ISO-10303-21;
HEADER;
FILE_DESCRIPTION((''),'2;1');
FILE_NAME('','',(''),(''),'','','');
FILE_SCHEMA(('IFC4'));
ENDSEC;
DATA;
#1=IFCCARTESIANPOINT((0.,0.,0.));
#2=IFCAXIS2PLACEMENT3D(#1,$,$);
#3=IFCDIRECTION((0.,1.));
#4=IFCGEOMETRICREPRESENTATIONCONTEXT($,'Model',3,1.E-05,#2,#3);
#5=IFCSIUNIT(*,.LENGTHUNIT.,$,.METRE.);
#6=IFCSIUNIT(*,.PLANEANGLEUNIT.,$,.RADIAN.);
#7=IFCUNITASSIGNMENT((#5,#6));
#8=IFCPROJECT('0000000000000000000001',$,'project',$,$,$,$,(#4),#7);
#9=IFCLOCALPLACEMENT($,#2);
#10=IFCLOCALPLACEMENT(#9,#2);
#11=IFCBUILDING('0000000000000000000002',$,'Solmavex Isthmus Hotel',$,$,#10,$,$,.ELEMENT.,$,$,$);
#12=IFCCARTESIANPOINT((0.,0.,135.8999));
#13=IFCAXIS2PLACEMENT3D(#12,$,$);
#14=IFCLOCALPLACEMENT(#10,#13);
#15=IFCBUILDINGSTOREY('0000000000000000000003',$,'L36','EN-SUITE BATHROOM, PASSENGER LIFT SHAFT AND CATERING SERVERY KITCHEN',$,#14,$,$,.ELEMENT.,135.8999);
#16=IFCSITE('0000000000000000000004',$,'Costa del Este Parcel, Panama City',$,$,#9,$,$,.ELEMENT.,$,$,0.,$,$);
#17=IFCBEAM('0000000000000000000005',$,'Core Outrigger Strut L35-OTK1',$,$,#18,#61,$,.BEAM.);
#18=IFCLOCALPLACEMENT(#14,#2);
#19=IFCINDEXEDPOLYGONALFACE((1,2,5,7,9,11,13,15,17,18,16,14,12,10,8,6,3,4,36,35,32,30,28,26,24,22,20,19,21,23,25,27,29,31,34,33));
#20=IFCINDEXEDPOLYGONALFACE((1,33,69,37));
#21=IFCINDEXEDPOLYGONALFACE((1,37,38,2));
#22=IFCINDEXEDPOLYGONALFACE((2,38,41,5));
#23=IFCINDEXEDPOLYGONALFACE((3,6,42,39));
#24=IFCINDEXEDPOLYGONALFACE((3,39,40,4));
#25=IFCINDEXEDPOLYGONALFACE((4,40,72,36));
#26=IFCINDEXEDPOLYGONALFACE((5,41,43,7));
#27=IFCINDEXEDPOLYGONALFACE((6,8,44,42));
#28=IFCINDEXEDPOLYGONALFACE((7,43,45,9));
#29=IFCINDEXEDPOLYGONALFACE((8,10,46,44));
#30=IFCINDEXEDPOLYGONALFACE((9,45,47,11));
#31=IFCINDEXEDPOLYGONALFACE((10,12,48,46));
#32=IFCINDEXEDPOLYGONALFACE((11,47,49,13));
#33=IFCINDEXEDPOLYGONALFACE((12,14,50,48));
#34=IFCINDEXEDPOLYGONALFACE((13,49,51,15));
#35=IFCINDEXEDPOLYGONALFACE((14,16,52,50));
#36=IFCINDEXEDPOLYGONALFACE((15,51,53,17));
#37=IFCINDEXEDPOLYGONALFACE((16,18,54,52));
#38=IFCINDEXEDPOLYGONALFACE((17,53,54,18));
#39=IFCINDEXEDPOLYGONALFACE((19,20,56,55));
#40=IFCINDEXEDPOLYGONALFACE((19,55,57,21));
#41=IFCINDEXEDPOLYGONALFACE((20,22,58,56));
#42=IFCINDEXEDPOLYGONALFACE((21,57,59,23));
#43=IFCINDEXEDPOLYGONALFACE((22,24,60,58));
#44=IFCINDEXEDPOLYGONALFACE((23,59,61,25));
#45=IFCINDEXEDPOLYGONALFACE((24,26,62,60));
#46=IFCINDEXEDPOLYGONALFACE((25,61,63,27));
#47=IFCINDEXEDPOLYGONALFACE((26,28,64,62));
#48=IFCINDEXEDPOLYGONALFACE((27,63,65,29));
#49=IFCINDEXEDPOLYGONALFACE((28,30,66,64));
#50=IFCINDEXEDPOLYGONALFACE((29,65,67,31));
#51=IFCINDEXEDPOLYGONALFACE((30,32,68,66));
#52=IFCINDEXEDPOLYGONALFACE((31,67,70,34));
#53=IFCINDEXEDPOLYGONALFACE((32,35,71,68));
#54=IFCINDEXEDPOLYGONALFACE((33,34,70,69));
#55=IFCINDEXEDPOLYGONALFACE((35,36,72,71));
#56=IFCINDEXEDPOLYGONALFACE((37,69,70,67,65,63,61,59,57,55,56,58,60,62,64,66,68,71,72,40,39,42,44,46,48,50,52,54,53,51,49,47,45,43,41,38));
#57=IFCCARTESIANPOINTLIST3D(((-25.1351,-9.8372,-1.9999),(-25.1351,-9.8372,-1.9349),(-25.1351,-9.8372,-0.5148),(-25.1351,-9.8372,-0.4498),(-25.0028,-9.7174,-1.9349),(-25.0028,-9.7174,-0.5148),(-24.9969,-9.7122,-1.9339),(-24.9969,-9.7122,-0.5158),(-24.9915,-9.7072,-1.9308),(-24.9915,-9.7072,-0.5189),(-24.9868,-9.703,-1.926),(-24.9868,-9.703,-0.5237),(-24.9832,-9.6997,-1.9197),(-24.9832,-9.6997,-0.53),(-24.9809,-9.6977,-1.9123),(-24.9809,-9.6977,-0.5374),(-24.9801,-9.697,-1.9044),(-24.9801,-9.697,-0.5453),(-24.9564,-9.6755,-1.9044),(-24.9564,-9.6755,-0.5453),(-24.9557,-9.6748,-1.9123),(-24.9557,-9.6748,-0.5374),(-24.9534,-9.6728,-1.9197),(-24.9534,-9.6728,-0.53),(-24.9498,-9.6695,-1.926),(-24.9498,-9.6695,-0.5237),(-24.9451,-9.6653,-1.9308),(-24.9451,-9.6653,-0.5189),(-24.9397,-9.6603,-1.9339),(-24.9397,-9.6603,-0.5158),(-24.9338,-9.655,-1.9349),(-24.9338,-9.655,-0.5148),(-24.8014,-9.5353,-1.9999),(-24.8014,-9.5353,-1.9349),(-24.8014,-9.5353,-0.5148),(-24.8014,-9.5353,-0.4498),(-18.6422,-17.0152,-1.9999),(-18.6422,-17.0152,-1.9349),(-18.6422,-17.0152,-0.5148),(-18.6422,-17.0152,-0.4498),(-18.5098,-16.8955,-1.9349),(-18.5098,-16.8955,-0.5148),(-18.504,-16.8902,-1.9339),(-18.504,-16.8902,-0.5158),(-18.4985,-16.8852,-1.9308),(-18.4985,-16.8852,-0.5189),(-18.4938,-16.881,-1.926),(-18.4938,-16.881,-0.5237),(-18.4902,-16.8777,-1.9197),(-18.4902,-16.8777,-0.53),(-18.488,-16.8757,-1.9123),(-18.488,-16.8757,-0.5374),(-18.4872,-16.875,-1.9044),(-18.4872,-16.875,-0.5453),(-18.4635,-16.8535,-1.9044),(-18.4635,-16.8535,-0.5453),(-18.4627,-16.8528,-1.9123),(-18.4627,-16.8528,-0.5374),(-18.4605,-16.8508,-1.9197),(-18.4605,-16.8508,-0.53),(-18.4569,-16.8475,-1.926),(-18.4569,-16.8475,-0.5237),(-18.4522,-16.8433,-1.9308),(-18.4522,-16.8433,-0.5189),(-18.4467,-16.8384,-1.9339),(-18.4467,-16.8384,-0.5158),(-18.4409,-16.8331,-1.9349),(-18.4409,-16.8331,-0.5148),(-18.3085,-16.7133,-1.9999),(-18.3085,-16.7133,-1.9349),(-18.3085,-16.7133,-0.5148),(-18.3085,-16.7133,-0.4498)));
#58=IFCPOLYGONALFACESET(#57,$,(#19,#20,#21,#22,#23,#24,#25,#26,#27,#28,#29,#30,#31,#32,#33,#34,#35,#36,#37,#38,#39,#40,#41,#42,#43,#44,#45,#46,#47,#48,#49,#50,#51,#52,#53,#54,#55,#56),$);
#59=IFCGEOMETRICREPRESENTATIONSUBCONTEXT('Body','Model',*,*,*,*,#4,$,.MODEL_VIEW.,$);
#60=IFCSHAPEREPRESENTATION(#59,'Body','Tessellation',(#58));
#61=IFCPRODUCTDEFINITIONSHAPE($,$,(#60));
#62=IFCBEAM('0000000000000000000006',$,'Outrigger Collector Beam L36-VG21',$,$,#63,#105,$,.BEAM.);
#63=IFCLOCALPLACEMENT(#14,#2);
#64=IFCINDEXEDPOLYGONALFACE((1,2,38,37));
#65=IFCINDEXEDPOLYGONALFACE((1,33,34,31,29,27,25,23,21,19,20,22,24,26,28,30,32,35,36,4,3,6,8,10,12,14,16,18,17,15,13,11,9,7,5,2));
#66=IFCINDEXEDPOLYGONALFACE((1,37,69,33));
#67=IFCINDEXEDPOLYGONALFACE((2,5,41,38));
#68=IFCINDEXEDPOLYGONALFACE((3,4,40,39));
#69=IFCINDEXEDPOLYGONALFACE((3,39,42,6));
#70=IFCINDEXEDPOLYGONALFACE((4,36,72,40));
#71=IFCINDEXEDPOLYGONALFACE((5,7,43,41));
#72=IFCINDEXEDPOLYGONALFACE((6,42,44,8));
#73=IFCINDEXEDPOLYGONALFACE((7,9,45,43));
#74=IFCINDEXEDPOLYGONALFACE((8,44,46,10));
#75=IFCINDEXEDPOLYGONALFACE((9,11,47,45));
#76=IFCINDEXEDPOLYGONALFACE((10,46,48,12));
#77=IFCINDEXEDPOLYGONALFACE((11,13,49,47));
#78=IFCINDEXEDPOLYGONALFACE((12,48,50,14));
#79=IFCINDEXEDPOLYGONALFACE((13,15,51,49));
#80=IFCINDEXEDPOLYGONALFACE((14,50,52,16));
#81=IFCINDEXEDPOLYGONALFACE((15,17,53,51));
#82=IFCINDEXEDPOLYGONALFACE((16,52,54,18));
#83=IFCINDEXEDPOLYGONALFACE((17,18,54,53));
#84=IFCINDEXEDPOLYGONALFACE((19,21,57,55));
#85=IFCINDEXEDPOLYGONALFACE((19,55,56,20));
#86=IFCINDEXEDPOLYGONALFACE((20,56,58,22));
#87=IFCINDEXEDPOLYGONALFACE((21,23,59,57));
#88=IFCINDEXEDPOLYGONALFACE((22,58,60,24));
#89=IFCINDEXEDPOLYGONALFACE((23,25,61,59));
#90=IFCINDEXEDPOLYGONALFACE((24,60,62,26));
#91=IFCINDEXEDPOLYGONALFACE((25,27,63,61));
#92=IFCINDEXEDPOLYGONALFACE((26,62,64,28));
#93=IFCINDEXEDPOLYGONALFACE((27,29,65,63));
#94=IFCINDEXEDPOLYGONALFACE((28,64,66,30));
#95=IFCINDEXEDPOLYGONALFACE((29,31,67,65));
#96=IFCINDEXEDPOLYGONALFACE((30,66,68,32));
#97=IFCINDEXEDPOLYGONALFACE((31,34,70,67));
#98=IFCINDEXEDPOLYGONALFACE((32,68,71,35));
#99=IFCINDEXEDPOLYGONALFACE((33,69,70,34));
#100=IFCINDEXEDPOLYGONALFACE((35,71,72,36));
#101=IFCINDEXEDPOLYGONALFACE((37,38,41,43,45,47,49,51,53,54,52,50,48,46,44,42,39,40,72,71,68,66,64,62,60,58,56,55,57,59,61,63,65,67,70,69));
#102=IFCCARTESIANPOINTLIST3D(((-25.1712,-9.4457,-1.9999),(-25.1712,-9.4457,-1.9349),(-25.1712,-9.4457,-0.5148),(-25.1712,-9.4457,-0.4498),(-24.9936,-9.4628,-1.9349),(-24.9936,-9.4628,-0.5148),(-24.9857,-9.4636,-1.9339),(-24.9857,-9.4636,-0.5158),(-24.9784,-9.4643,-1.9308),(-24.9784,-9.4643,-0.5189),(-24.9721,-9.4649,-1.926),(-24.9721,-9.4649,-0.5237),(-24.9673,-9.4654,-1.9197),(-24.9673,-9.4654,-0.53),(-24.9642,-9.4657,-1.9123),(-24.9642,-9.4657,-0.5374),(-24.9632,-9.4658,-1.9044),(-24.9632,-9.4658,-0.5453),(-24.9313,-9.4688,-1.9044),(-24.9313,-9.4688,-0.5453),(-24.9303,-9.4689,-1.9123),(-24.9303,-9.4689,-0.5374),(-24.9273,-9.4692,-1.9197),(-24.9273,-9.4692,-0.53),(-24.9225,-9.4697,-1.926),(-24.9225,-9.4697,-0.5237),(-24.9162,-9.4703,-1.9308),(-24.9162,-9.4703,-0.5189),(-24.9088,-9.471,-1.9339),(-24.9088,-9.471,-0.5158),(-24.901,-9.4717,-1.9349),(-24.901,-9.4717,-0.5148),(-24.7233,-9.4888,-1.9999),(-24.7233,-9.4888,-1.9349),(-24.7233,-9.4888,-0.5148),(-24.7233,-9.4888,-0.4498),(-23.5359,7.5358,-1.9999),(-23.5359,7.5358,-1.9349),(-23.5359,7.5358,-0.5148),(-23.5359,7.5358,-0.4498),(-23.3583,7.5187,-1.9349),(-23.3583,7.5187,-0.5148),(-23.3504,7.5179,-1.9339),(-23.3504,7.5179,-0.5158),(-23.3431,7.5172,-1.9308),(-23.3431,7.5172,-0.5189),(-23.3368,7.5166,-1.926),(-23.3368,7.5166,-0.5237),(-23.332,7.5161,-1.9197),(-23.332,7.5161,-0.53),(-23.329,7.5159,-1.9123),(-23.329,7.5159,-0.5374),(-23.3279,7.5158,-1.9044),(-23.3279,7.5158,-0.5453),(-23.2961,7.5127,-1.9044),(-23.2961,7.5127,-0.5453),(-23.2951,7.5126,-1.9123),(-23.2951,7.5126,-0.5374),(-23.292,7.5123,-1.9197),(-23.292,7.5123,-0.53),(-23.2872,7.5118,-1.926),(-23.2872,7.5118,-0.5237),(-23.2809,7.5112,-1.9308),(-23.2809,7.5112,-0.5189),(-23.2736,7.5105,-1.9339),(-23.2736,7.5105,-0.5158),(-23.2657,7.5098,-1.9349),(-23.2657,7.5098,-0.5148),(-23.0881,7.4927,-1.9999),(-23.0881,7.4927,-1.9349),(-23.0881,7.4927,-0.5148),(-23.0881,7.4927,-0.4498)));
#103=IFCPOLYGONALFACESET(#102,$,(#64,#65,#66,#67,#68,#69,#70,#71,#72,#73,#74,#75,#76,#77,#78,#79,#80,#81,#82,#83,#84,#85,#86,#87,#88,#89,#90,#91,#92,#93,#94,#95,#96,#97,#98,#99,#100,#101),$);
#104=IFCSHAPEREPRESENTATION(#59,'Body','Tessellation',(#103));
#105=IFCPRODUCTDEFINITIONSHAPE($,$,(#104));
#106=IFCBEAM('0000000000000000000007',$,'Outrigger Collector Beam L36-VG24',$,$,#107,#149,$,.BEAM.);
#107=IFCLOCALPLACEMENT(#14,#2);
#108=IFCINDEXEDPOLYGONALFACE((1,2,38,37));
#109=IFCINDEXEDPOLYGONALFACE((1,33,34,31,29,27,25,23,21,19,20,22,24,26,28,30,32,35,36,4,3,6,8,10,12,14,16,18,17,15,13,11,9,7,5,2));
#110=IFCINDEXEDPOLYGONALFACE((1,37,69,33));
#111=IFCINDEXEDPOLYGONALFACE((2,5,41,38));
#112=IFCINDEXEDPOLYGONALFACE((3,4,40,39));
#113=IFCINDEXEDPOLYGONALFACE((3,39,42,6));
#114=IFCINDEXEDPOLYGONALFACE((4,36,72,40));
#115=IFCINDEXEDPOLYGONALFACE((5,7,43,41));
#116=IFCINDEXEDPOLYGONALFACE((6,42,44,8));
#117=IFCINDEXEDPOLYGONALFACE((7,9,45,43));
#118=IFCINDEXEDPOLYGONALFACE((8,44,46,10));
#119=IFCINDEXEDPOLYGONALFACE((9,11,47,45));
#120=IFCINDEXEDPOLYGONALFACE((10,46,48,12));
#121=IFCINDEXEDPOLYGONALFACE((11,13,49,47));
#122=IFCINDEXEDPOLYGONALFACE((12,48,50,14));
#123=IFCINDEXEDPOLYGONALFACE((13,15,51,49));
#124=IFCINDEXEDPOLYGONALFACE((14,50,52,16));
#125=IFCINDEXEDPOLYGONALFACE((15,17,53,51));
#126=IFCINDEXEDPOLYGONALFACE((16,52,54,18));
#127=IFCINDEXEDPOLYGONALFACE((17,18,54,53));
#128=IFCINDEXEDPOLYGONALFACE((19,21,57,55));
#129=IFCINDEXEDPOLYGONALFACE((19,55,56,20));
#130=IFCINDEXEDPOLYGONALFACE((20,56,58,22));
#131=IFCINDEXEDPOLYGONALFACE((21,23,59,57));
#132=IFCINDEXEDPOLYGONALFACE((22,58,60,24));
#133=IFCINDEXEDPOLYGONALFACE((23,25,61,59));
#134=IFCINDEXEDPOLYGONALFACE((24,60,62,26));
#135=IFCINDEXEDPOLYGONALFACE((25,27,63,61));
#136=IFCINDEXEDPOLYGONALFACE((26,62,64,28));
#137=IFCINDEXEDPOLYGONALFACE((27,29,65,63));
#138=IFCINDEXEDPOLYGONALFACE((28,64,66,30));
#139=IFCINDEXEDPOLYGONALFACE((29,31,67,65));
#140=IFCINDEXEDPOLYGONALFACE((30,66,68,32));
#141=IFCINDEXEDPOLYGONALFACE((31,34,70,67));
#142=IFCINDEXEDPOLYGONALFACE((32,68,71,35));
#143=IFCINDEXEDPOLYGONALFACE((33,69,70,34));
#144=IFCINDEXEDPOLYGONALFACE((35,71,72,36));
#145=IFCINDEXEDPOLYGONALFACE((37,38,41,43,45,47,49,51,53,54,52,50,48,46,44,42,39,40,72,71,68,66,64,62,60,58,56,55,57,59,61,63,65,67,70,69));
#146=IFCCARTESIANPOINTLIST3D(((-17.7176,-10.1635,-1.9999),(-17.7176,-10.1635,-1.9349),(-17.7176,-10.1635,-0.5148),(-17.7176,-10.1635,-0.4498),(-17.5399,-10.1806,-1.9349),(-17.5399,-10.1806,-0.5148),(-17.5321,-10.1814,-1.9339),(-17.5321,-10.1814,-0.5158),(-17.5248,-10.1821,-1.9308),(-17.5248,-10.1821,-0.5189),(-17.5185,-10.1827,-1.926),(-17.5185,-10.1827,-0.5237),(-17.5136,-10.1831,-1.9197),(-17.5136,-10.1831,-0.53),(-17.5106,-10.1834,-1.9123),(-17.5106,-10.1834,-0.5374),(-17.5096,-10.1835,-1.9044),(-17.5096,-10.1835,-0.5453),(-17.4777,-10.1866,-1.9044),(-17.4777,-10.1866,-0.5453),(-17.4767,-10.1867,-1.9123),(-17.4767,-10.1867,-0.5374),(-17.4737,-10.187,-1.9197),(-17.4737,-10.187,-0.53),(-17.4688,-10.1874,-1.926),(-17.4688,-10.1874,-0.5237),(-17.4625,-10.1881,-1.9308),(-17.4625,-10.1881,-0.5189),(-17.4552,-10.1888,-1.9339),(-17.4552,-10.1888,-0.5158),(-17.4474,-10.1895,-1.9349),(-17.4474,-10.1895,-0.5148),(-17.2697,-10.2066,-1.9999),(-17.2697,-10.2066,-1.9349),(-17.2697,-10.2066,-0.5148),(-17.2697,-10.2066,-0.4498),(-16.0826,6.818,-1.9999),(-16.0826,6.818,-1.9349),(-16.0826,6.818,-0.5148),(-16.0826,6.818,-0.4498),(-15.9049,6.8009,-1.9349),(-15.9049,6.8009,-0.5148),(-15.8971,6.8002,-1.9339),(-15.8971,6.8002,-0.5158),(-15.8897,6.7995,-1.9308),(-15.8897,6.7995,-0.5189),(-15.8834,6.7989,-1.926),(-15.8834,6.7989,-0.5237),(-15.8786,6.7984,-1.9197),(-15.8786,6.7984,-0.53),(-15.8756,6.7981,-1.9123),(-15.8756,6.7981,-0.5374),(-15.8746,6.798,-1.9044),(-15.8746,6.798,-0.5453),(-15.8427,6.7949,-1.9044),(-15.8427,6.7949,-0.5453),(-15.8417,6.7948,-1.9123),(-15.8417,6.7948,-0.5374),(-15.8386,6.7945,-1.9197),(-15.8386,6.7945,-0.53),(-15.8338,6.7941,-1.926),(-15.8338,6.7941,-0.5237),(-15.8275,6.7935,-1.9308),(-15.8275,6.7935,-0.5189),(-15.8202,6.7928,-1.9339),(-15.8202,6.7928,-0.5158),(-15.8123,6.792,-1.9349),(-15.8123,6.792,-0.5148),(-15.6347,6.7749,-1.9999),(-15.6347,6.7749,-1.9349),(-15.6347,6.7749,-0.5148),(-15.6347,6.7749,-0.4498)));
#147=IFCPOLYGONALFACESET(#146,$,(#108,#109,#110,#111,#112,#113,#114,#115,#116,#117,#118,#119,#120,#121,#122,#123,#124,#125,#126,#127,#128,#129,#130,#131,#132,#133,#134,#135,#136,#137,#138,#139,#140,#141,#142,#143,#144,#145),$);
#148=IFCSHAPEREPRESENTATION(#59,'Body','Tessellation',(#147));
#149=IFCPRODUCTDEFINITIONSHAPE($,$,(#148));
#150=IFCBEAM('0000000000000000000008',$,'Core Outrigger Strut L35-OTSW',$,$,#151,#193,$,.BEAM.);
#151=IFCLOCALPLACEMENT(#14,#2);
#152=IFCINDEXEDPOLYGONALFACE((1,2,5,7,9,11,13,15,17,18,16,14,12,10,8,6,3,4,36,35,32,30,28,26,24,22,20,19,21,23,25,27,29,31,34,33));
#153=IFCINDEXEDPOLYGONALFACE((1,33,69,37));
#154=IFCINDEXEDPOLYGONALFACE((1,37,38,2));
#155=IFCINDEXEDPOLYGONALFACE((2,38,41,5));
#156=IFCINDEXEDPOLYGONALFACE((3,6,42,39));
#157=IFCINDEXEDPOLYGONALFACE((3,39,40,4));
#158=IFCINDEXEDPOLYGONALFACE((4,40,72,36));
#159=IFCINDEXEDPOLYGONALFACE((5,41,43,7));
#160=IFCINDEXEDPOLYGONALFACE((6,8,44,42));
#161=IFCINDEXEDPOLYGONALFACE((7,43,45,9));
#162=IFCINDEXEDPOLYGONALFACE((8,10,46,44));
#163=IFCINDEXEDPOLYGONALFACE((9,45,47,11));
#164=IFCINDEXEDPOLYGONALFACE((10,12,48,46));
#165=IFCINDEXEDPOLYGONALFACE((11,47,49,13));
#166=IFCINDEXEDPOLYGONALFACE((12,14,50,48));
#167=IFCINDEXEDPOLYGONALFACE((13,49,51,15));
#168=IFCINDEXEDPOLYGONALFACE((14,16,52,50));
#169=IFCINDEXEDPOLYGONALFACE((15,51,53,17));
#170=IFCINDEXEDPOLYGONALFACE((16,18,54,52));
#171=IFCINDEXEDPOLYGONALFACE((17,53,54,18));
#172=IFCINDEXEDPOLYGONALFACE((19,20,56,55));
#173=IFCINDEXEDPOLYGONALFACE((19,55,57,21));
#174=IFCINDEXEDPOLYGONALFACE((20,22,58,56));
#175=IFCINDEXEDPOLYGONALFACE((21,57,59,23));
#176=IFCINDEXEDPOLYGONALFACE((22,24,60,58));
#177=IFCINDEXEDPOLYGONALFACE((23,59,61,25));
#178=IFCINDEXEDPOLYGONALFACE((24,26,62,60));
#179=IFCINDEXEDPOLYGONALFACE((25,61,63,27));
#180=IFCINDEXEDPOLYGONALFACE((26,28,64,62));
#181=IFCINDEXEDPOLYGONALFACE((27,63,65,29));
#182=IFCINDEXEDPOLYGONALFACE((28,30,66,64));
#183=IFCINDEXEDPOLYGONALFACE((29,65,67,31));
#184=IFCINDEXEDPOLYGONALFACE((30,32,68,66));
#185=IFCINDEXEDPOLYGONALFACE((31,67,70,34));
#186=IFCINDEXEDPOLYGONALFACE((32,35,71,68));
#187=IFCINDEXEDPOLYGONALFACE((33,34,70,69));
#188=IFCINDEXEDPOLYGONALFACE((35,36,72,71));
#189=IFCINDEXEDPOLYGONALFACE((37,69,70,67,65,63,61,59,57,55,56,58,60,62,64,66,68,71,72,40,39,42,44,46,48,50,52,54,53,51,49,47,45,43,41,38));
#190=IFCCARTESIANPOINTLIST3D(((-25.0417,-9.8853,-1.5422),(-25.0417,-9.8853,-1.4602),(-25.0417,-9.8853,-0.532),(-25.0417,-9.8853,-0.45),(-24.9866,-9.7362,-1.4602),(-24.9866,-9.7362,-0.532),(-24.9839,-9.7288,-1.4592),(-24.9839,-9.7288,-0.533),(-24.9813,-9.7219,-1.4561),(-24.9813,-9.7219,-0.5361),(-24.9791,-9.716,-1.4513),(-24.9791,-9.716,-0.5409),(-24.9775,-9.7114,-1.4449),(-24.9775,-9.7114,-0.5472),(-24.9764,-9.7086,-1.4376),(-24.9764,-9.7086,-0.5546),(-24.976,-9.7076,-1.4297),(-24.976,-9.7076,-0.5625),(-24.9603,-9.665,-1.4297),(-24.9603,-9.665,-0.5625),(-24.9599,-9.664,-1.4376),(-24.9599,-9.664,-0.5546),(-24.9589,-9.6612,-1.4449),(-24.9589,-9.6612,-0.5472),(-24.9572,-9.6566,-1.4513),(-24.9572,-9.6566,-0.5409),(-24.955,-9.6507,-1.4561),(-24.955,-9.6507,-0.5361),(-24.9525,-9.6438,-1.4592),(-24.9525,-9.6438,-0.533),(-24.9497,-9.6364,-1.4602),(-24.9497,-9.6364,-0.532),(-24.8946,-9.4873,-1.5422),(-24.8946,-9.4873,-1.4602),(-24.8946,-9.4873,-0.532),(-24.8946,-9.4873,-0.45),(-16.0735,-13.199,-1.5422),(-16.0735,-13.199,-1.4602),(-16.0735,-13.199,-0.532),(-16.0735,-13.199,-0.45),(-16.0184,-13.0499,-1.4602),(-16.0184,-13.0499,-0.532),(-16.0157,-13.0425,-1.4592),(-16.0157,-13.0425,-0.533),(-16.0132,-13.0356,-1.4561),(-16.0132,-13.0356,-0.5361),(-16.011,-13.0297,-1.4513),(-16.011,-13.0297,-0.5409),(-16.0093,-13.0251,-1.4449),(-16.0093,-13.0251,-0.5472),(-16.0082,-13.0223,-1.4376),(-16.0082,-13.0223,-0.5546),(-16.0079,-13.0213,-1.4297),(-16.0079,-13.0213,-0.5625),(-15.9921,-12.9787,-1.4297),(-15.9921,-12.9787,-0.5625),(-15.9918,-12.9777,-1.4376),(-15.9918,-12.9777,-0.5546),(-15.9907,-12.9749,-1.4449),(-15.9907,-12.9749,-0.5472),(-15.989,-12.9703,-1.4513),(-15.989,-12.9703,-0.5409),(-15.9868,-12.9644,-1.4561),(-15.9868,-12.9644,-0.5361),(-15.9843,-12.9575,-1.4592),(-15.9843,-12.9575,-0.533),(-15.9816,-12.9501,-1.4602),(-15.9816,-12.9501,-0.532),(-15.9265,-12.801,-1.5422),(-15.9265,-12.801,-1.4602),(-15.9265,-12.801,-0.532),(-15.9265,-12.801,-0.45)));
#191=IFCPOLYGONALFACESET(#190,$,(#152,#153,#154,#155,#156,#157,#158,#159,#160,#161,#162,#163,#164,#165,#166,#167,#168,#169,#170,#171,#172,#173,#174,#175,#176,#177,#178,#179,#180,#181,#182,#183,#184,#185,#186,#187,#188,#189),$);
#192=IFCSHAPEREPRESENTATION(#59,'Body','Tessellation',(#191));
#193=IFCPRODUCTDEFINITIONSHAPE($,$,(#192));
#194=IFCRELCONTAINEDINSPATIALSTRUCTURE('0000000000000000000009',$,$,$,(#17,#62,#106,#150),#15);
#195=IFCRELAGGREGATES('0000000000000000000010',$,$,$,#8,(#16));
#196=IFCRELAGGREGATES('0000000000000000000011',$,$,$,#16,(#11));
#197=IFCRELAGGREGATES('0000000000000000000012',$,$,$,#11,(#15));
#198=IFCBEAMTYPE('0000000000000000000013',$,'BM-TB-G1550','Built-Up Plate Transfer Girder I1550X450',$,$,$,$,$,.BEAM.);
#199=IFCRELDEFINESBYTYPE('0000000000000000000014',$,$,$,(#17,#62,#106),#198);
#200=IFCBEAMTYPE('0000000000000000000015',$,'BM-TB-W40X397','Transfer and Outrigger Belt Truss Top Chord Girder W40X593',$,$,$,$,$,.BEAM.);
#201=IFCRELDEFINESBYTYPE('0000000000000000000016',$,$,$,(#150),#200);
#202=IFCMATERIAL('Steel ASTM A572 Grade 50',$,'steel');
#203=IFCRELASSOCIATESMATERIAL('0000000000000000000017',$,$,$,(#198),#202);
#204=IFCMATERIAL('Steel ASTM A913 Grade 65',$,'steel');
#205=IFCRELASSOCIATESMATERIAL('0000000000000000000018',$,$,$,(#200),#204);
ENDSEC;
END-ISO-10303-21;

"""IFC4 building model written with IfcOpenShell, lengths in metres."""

from ifc_helpers import new_model, si_unit, direction, frame, origin, origin_2d, place, context, subcontext, project, spatial, i_section, extrude, material, material_profile, profile_set, type_object, element, save


model = new_model("IFC4")

# Units and contexts
model_context = context("Model", 3, precision=1e-05, world=origin(), true_north=direction((0.0, 1.0)))
body_context = subcontext(model_context, "Body", "Model", "MODEL_VIEW")
ifc_project = project(units=[si_unit("LENGTHUNIT", "METRE"), si_unit("PLANEANGLEUNIT", "RADIAN")], contexts=[model_context])

# Site, building, storey
site_placement = place(None, origin())
site = spatial("IfcSite", under=ifc_project, at=site_placement, Name="Costa del Este Parcel, Panama City", CompositionType="ELEMENT", RefElevation=0.0)
building_placement = place(site_placement, origin())
building = spatial("IfcBuilding", under=site, at=building_placement, Name="Solmavex Isthmus Hotel", CompositionType="ELEMENT")
storey_placement = place(building_placement, frame((0.0, 0.0, 135.8999)))
storey = spatial("IfcBuildingStorey", under=building, at=storey_placement, Name="L36", Description="EN-SUITE BATHROOM, PASSENGER LIFT SHAFT AND CATERING SERVERY KITCHEN", CompositionType="ELEMENT", Elevation=135.8999)

# Shared definitions
ifc_material_1 = material(Name="Steel ASTM A913 Grade 65", Category="steel")

# Beams
ifc_material_2 = material(Name="Steel ASTM A572 Grade 50", Category="steel")
ifc_material_profile_1 = material_profile(ifc_material_2, i_section(OverallWidth=0.45, OverallDepth=1.55, WebThickness=0.032, FlangeThickness=0.0649, FilletRadius=0.0305, at=origin_2d()), Name="I1550X450")
ifc_profile_set_1 = profile_set([ifc_material_profile_1], Name="Steel ASTM A572 Grade 50")
beam_type_1 = type_object("IfcBeamType", Name="BM-TB-G1550", Description="Built-Up Plate Transfer Girder I1550X450", PredefinedType="BEAM", material=ifc_profile_set_1)
beam_1_placement = place(storey_placement, frame((-18.4753, -16.8643, -1.2249), z_axis=(-0.670831, 0.74161, 0.0), x_axis=(-0.74161, -0.670831, 0.0)))
element("IfcBeam", 1, at=beam_1_placement, inside=storey, type_object=beam_type_1, Name="Core Outrigger Strut L35-OTK1", PredefinedType="BEAM", context=body_context, shape_type="SweptSolid", body=[
    extrude(i_section(OverallWidth=0.45, OverallDepth=1.55, WebThickness=0.032, FlangeThickness=0.0649, FilletRadius=0.0305, at=origin_2d()), origin(), (0.0, 0.0, 1.0), 9.679),
])
for number, where, z_axis, x_axis, name in (
    (2, (-24.9473, -9.4673, -1.2249), (0.095853, 0.995395, 0.0), (-0.995395, 0.095853, 0.0), "Outrigger Collector Beam L36-VG21"),
    (3, (-17.4937, -10.1851, -1.2249), (0.095839, 0.995397, 0.0), (-0.995397, 0.095839, 0.0), "Outrigger Collector Beam L36-VG24"),
):
    element("IfcBeam", number, at=place(storey_placement, frame(where, z_axis=z_axis, x_axis=x_axis)), inside=storey, type_object=beam_type_1, Name=name, PredefinedType="BEAM", context=body_context, shape_type="SweptSolid", body=[
        extrude(i_section(OverallWidth=0.45, OverallDepth=1.55, WebThickness=0.032, FlangeThickness=0.0649, FilletRadius=0.0305, at=origin_2d()), origin(), (0.0, 0.0, 1.0), 17.0601),
    ])
ifc_material_profile_2 = material_profile(ifc_material_1, i_section(OverallWidth=0.4243, OverallDepth=1.0923, WebThickness=0.0454, FlangeThickness=0.082, FilletRadius=0.0305, at=origin_2d()), Name="W40X593")
ifc_profile_set_2 = profile_set([ifc_material_profile_2], Name="Steel ASTM A913 Grade 65")
beam_type_2 = type_object("IfcBeamType", Name="BM-TB-W40X397", Description="Transfer and Outrigger Belt Truss Top Chord Girder W40X593", PredefinedType="BEAM", material=ifc_profile_set_2)
beam_2_placement = place(storey_placement, frame((-16.0, -13.0, -0.9961), z_axis=(-0.938016, 0.346592, 0.0), x_axis=(-0.346592, -0.938016, 0.0)))
element("IfcBeam", 4, at=beam_2_placement, inside=storey, type_object=beam_type_2, Name="Core Outrigger Strut L35-OTSW", PredefinedType="BEAM", context=body_context, shape_type="SweptSolid", body=[
    extrude(i_section(OverallWidth=0.4243, OverallDepth=1.0923, WebThickness=0.0454, FlangeThickness=0.082, FilletRadius=0.0305, at=origin_2d()), origin(), (0.0, 0.0, 1.0), 9.5608),
])

save(model, "model.ifc")
